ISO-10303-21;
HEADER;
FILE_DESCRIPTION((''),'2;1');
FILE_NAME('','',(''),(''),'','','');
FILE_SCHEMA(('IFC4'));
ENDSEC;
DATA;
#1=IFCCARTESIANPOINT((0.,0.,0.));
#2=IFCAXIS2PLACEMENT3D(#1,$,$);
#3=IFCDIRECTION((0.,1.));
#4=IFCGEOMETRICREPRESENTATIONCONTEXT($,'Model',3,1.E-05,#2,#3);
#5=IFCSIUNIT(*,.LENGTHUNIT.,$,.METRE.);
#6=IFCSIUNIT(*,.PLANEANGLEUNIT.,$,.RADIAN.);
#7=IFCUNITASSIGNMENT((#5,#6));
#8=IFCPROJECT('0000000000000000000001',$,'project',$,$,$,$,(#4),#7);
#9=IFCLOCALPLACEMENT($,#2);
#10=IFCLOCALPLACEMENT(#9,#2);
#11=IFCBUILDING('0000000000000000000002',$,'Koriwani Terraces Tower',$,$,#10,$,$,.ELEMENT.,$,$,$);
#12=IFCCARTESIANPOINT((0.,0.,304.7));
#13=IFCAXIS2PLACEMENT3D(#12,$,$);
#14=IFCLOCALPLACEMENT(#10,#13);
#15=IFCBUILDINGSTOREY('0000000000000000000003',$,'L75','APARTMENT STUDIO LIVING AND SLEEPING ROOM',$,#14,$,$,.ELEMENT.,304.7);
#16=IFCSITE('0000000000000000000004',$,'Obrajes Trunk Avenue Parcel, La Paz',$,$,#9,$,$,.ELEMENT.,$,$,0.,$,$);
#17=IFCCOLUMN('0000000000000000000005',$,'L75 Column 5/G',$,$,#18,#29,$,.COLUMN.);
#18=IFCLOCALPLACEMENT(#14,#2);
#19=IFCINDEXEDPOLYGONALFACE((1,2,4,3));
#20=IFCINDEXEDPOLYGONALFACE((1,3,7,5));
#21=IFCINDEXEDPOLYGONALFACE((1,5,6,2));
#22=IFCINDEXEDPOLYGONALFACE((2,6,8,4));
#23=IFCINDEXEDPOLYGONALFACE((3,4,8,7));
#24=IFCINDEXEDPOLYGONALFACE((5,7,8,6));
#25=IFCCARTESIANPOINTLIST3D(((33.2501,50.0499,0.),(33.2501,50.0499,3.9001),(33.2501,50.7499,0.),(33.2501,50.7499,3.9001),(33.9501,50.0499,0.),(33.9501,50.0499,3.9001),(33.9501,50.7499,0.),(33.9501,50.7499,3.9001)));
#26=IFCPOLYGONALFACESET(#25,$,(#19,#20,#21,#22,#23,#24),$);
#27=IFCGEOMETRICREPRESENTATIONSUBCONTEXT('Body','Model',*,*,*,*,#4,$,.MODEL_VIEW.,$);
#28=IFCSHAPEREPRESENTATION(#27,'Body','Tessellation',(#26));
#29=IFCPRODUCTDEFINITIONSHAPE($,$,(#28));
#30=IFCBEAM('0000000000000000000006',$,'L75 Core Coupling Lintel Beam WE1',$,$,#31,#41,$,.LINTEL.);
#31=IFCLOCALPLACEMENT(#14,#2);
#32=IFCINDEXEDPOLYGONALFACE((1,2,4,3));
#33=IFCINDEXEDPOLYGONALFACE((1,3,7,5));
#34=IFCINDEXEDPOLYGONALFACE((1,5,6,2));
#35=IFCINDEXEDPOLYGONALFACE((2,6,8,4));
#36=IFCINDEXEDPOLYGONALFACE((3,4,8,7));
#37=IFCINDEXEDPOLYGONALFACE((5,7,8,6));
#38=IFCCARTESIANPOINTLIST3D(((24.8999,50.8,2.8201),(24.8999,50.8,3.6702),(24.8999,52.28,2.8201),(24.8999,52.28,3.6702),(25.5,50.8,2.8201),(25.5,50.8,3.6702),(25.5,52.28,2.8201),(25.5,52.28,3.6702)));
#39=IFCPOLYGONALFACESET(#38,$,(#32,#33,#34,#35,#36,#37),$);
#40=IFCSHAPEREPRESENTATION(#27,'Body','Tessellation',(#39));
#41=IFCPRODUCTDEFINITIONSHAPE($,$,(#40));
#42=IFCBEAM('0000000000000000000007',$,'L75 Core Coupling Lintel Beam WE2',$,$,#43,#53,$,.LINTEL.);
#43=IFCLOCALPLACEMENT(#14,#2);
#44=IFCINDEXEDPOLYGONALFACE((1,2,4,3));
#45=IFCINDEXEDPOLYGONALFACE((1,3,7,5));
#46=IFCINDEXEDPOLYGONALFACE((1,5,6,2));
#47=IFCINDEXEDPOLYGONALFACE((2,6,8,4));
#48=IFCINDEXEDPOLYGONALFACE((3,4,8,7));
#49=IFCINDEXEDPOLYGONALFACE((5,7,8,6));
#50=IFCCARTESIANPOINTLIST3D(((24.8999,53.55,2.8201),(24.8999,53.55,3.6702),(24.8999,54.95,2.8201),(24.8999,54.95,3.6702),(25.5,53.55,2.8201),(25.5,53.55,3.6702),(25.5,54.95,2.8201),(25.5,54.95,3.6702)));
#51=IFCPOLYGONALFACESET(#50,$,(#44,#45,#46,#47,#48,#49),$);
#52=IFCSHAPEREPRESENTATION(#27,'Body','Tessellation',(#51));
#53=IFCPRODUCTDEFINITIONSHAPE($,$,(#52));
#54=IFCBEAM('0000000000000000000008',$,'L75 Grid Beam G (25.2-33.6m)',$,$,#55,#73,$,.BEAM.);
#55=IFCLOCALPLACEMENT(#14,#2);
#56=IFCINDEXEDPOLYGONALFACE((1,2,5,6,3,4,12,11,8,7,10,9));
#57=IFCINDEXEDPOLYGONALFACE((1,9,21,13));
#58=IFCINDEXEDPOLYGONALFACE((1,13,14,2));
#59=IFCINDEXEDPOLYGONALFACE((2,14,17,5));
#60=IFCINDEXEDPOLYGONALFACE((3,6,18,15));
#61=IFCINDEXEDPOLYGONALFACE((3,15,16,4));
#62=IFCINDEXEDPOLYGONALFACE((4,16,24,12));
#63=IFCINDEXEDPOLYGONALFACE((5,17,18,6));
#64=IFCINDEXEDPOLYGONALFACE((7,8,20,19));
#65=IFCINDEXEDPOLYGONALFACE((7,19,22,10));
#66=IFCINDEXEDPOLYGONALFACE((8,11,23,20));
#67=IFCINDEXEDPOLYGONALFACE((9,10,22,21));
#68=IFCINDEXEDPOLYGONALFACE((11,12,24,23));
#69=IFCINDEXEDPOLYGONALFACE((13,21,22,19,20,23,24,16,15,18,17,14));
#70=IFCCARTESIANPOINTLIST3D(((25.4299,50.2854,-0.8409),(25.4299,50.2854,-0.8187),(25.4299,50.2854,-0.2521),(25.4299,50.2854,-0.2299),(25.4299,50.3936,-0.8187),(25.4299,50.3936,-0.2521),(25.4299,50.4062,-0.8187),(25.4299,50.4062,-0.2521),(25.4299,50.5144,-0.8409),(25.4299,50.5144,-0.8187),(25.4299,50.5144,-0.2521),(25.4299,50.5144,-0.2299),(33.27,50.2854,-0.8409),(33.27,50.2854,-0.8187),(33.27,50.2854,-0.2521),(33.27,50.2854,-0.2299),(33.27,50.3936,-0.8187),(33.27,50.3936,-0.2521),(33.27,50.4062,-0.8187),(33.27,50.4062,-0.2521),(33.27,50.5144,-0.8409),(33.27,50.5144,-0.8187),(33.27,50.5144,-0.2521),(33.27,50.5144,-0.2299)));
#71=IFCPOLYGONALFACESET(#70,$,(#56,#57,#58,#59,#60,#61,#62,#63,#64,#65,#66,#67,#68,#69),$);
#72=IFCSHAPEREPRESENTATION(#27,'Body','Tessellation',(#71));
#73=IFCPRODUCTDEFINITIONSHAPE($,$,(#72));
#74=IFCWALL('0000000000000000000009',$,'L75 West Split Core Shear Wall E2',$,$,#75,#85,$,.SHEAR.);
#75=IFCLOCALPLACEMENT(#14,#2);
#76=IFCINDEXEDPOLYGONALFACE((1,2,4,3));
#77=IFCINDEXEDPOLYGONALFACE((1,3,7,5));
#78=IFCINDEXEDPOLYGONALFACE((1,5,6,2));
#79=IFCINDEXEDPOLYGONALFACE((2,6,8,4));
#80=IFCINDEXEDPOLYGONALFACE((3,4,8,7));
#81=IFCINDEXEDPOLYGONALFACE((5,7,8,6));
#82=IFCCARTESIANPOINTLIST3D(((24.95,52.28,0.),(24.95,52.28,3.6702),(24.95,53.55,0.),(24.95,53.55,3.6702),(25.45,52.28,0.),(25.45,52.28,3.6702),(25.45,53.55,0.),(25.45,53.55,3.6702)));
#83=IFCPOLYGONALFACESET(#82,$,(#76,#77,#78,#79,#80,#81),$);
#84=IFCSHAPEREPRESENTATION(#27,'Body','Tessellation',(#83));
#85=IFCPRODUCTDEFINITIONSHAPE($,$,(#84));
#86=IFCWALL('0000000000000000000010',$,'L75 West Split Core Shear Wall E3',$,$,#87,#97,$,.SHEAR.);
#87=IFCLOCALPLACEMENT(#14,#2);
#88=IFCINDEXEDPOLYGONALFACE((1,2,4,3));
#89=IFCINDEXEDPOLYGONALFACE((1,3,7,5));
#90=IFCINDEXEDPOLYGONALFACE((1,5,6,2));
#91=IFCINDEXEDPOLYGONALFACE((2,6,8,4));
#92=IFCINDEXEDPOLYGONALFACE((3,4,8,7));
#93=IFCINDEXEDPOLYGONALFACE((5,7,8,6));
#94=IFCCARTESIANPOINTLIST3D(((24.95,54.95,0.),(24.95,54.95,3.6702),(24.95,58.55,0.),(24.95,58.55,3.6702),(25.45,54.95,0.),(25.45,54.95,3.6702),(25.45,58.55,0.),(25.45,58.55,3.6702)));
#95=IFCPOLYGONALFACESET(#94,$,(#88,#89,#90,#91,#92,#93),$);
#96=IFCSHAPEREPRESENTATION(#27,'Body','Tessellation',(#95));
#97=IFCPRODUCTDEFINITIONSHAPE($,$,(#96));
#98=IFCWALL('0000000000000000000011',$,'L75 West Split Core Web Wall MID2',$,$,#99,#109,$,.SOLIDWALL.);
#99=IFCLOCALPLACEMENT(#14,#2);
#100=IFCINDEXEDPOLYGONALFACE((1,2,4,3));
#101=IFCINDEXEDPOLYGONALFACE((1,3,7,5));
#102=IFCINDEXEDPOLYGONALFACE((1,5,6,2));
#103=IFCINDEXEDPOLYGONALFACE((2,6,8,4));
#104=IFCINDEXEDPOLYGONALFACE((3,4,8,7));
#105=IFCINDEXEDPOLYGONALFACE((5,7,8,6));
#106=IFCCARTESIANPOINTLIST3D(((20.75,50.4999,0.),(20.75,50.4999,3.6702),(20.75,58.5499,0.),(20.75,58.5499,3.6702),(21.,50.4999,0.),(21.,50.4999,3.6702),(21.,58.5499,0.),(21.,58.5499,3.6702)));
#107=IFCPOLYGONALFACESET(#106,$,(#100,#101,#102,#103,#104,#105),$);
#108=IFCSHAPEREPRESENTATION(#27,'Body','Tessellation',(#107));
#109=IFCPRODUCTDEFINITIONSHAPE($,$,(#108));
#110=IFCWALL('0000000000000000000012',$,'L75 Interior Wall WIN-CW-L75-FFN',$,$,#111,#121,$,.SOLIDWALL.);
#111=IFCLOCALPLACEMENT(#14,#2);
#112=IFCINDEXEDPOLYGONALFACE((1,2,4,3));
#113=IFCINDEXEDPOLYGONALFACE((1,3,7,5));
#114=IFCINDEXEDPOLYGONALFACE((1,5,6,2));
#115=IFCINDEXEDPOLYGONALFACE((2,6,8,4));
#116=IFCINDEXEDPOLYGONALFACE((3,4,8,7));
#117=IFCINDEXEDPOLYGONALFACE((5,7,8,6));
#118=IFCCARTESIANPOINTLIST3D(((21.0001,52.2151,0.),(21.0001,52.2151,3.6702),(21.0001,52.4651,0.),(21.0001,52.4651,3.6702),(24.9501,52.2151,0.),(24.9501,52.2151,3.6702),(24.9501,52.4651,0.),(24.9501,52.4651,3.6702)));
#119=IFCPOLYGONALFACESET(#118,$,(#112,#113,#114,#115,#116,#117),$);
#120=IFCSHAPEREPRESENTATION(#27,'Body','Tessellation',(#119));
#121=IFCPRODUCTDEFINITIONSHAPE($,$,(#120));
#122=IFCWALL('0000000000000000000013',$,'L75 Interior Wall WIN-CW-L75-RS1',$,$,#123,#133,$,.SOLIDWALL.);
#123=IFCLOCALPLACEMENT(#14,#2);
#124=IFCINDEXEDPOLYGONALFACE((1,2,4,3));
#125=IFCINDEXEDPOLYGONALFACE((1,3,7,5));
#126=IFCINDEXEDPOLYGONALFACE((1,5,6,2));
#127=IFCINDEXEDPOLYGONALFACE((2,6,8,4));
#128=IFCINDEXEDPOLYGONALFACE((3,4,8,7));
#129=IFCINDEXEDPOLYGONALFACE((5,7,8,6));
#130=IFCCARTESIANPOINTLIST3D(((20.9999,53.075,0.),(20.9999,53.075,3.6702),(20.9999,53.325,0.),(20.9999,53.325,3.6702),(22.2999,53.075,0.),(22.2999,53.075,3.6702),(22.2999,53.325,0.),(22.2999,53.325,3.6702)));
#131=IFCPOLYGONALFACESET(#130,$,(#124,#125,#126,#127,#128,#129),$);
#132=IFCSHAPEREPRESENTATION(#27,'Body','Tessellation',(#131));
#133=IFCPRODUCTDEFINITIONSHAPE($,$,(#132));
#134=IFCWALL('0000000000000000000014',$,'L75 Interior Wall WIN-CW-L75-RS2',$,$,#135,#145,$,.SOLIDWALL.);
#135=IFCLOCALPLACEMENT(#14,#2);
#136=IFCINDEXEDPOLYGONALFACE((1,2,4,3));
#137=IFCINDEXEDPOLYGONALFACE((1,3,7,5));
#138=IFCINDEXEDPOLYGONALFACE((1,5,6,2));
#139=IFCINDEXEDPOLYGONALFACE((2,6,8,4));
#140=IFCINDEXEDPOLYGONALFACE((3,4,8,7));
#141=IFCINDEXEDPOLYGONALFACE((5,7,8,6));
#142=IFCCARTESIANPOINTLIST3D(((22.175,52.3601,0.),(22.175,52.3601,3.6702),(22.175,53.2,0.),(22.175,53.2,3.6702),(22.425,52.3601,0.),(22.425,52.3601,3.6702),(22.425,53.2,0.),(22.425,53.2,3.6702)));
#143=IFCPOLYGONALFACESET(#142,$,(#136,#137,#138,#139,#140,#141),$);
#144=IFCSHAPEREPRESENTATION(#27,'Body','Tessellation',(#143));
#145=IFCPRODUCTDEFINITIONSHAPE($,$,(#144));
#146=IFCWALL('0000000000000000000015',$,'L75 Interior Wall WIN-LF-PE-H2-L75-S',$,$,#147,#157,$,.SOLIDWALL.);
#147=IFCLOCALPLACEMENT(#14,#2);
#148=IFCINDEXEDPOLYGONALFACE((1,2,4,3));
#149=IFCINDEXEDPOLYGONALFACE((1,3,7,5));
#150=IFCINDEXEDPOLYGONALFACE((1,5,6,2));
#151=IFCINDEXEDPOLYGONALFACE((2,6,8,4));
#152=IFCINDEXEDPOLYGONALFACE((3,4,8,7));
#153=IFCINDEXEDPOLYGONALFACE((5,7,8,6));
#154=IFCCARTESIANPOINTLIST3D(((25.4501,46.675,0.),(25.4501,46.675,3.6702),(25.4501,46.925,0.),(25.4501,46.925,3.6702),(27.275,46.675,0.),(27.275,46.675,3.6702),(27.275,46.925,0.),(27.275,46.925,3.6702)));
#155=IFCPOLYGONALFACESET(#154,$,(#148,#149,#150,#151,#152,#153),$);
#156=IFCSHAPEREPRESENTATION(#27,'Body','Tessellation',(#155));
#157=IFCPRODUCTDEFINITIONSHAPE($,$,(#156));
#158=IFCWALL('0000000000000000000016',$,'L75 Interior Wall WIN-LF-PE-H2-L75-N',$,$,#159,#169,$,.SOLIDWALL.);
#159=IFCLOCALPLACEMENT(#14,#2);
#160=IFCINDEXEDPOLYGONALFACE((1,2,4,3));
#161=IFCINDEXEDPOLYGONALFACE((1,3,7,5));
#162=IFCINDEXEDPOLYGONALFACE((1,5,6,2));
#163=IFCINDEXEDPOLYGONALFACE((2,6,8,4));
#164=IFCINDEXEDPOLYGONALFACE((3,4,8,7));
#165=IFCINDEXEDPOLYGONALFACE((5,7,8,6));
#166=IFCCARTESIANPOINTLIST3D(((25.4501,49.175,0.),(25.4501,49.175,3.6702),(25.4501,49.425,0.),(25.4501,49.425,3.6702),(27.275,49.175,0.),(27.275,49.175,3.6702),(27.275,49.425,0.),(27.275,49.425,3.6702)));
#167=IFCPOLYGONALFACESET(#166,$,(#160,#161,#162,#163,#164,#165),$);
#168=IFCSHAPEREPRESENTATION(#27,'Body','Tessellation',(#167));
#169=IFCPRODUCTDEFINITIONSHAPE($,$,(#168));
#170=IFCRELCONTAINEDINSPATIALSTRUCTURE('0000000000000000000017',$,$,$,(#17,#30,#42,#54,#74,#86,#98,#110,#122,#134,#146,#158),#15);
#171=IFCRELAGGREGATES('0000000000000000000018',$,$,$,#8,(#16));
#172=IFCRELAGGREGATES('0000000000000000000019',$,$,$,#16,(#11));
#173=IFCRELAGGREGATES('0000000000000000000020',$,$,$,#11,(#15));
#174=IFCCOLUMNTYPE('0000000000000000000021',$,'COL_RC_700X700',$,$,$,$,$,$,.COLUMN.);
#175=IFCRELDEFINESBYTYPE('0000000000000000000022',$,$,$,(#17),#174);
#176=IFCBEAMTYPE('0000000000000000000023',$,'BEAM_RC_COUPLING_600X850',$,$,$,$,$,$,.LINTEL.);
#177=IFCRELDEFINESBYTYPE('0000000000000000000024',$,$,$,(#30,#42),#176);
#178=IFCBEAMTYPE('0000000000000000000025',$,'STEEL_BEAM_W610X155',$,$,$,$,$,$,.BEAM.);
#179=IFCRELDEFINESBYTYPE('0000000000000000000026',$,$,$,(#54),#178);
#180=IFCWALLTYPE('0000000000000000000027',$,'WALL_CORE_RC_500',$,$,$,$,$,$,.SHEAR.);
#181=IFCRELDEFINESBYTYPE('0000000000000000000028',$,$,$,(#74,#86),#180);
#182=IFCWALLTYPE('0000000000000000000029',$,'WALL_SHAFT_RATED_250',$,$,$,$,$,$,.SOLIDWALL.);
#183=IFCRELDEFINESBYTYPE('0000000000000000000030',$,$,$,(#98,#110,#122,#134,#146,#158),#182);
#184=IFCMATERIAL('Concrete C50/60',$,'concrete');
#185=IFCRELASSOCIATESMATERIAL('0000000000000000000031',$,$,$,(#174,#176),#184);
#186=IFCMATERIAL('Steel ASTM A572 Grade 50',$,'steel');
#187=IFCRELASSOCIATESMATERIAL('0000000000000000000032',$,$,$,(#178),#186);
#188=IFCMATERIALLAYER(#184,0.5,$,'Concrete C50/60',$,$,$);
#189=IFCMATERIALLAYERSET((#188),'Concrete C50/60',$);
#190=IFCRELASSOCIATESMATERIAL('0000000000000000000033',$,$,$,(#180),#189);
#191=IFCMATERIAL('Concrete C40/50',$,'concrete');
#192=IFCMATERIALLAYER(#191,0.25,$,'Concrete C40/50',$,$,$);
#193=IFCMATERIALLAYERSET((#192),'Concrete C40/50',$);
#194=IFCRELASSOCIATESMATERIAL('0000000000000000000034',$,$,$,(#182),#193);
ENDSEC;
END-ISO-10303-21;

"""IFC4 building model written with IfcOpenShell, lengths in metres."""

from ifc_helpers import new_model, si_unit, direction, frame, frame_2d, origin, origin_2d, place, context, subcontext, project, spatial, rectangle, i_section, extrude, material, layer, layer_set, material_profile, profile_set, type_object, element, save


model = new_model("IFC4")

# Units and contexts
model_context = context("Model", 3, precision=1e-05, world=origin(), true_north=direction((0.0, 1.0)))
body_context = subcontext(model_context, "Body", "Model", "MODEL_VIEW")
ifc_project = project(units=[si_unit("LENGTHUNIT", "METRE"), si_unit("PLANEANGLEUNIT", "RADIAN")], contexts=[model_context])

# Site, building, storey
site_placement = place(None, origin())
site = spatial("IfcSite", under=ifc_project, at=site_placement, Name="Obrajes Trunk Avenue Parcel, La Paz", CompositionType="ELEMENT", RefElevation=0.0)
building_placement = place(site_placement, origin())
building = spatial("IfcBuilding", under=site, at=building_placement, Name="Koriwani Terraces Tower", CompositionType="ELEMENT")
storey_placement = place(building_placement, frame((0.0, 0.0, 304.7)))
storey = spatial("IfcBuildingStorey", under=building, at=storey_placement, Name="L75", Description="APARTMENT STUDIO LIVING AND SLEEPING ROOM", CompositionType="ELEMENT", Elevation=304.7)

# Column
ifc_material_1 = material(Name="Concrete C50/60", Category="concrete")
ifc_material_profile_1 = material_profile(ifc_material_1, rectangle(XDim=0.7, YDim=0.7, at=origin_2d()), Name="Concrete C50/60", Category="LoadBearing")
ifc_profile_set_1 = profile_set([ifc_material_profile_1], Name="Concrete C50/60")
column_type = type_object("IfcColumnType", Name="COL_RC_700X700", PredefinedType="COLUMN", material=ifc_profile_set_1)
column_placement = place(storey_placement, frame((33.6001, 50.3999, 0.0), z_axis=(0.0, 0.0, 1.0), x_axis=(1.0, 0.0, 0.0)))
element("IfcColumn", 1, at=column_placement, inside=storey, type_object=column_type, Name="L75 Column 5/G", PredefinedType="COLUMN", context=body_context, shape_type="SweptSolid", body=[
    extrude(rectangle(XDim=0.7, YDim=0.7, at=origin_2d()), origin(), (0.0, 0.0, 1.0), 3.9001),
])

# Beams
ifc_material_profile_2 = material_profile(ifc_material_1, rectangle(XDim=0.6001, YDim=0.8501, at=origin_2d()), Name="Concrete C50/60", Category="LoadBearing")
ifc_profile_set_2 = profile_set([ifc_material_profile_2], Name="Concrete C50/60")
beam_type_1 = type_object("IfcBeamType", Name="BEAM_RC_COUPLING_600X850", PredefinedType="LINTEL", material=ifc_profile_set_2)
beam_1_placement = place(storey_placement, frame((25.2, 50.8, 3.2451), z_axis=(0.0, 1.0, 0.0), x_axis=(-1.0, 0.0, 0.0)))
element("IfcBeam", 2, at=beam_1_placement, inside=storey, type_object=beam_type_1, Name="L75 Core Coupling Lintel Beam WE1", PredefinedType="LINTEL", context=body_context, shape_type="SweptSolid", body=[
    extrude(rectangle(XDim=0.6001, YDim=0.8501, at=origin_2d()), origin(), (0.0, 0.0, 1.0), 1.48),
])
beam_2_placement = place(storey_placement, frame((25.2, 53.55, 3.2451), z_axis=(0.0, 1.0, 0.0), x_axis=(-1.0, 0.0, 0.0)))
element("IfcBeam", 3, at=beam_2_placement, inside=storey, type_object=beam_type_1, Name="L75 Core Coupling Lintel Beam WE2", PredefinedType="LINTEL", context=body_context, shape_type="SweptSolid", body=[
    extrude(rectangle(XDim=0.6001, YDim=0.8501, at=origin_2d()), origin(), (0.0, 0.0, 1.0), 1.3999),
])
ifc_material_2 = material(Name="Steel ASTM A572 Grade 50", Category="steel")
ifc_material_profile_3 = material_profile(ifc_material_2, i_section(OverallWidth=0.229, OverallDepth=0.6111, WebThickness=0.0127, FlangeThickness=0.0222, at=origin_2d()), Name="Steel ASTM A572 Grade 50", Category="LoadBearing")
ifc_profile_set_3 = profile_set([ifc_material_profile_3], Name="Steel ASTM A572 Grade 50")
beam_type_2 = type_object("IfcBeamType", Name="STEEL_BEAM_W610X155", PredefinedType="BEAM", material=ifc_profile_set_3)
beam_3_placement = place(storey_placement, frame((25.4299, 50.3999, -0.5354), z_axis=(1.0, 0.0, 0.0), x_axis=(0.0, 1.0, 0.0)))
element("IfcBeam", 4, at=beam_3_placement, inside=storey, type_object=beam_type_2, Name="L75 Grid Beam G (25.2-33.6m)", PredefinedType="BEAM", context=body_context, shape_type="SweptSolid", body=[
    extrude(i_section(OverallWidth=0.229, OverallDepth=0.6111, WebThickness=0.0127, FlangeThickness=0.0222, at=origin_2d()), origin(), (0.0, 0.0, 1.0), 7.8401),
])

# Walls
ifc_layer_1 = layer(ifc_material_1, 0.5, Name="Concrete C50/60")
ifc_layer_set_1 = layer_set([ifc_layer_1], Name="Concrete C50/60")
wall_type_1 = type_object("IfcWallType", Name="WALL_CORE_RC_500", PredefinedType="SHEAR", material=ifc_layer_set_1)
wall_1_placement = place(storey_placement, frame((25.2, 52.28, 0.0), z_axis=(0.0, 0.0, 1.0), x_axis=(0.0, 1.0, 0.0)))
element("IfcWall", 5, at=wall_1_placement, inside=storey, type_object=wall_type_1, Name="L75 West Split Core Shear Wall E2", PredefinedType="SHEAR", context=body_context, shape_type="SweptSolid", body=[
    extrude(rectangle(XDim=1.27, YDim=0.5, at=frame_2d((0.635, 0.0))), origin(), (0.0, 0.0, 1.0), 3.6702),
])
wall_2_placement = place(storey_placement, frame((25.2, 54.95, 0.0), z_axis=(0.0, 0.0, 1.0), x_axis=(0.0, 1.0, 0.0)))
element("IfcWall", 6, at=wall_2_placement, inside=storey, type_object=wall_type_1, Name="L75 West Split Core Shear Wall E3", PredefinedType="SHEAR", context=body_context, shape_type="SweptSolid", body=[
    extrude(rectangle(XDim=3.6001, YDim=0.5, at=frame_2d((1.8, 0.0))), origin(), (0.0, 0.0, 1.0), 3.6702),
])
ifc_material_3 = material(Name="Concrete C40/50", Category="concrete")
ifc_layer_2 = layer(ifc_material_3, 0.25, Name="Concrete C40/50")
ifc_layer_set_2 = layer_set([ifc_layer_2], Name="Concrete C40/50")
wall_type_2 = type_object("IfcWallType", Name="WALL_SHAFT_RATED_250", PredefinedType="SOLIDWALL", material=ifc_layer_set_2)
wall_3_placement = place(storey_placement, frame((20.875, 50.5, 0.0), z_axis=(0.0, 0.0, 1.0), x_axis=(0.0, 1.0, 0.0)))
element("IfcWall", 7, at=wall_3_placement, inside=storey, type_object=wall_type_2, Name="L75 West Split Core Web Wall MID2", PredefinedType="SOLIDWALL", context=body_context, shape_type="SweptSolid", body=[
    extrude(rectangle(XDim=8.05, YDim=0.25, at=frame_2d((4.0249, 0.0))), origin(), (0.0, 0.0, 1.0), 3.6702),
])

# Wall
wall_4_placement = place(storey_placement, frame((21.0, 52.3401, 0.0), z_axis=(0.0, 0.0, 1.0), x_axis=(1.0, 0.0, 0.0)))
element("IfcWall", 8, at=wall_4_placement, inside=storey, type_object=wall_type_2, Name="L75 Interior Wall WIN-CW-L75-FFN", PredefinedType="SOLIDWALL", context=body_context, shape_type="SweptSolid", body=[
    extrude(rectangle(XDim=3.95, YDim=0.25, at=frame_2d((1.9751, 0.0))), origin(), (0.0, 0.0, 1.0), 3.6702),
])

# Walls
wall_5_placement = place(storey_placement, frame((21.0, 53.2, 0.0), z_axis=(0.0, 0.0, 1.0), x_axis=(1.0, 0.0, 0.0)))
element("IfcWall", 9, at=wall_5_placement, inside=storey, type_object=wall_type_2, Name="L75 Interior Wall WIN-CW-L75-RS1", PredefinedType="SOLIDWALL", context=body_context, shape_type="SweptSolid", body=[
    extrude(rectangle(XDim=1.3, YDim=0.25, at=frame_2d((0.6499, 0.0))), origin(), (0.0, 0.0, 1.0), 3.6702),
])
wall_6_placement = place(storey_placement, frame((22.3, 52.3601, 0.0), z_axis=(0.0, 0.0, 1.0), x_axis=(0.0, 1.0, 0.0)))
element("IfcWall", 10, at=wall_6_placement, inside=storey, type_object=wall_type_2, Name="L75 Interior Wall WIN-CW-L75-RS2", PredefinedType="SOLIDWALL", context=body_context, shape_type="SweptSolid", body=[
    extrude(rectangle(XDim=0.8398, YDim=0.25, at=frame_2d((0.4199, 0.0))), origin(), (0.0, 0.0, 1.0), 3.6702),
])
for number, where, z_axis, x_axis, name in (
    (11, (25.45, 46.8, 0.0), (0.0, 0.0, 1.0), (1.0, 0.0, 0.0), "L75 Interior Wall WIN-LF-PE-H2-L75-S"),
    (12, (25.45, 49.3, 0.0), (0.0, 0.0, 1.0), (1.0, 0.0, 0.0), "L75 Interior Wall WIN-LF-PE-H2-L75-N"),
):
    element("IfcWall", number, at=place(storey_placement, frame(where, z_axis=z_axis, x_axis=x_axis)), inside=storey, type_object=wall_type_2, Name=name, PredefinedType="SOLIDWALL", context=body_context, shape_type="SweptSolid", body=[
        extrude(rectangle(XDim=1.825, YDim=0.25, at=frame_2d((0.9126, 0.0))), origin(), (0.0, 0.0, 1.0), 3.6702),
    ])

save(model, "model.ifc")
